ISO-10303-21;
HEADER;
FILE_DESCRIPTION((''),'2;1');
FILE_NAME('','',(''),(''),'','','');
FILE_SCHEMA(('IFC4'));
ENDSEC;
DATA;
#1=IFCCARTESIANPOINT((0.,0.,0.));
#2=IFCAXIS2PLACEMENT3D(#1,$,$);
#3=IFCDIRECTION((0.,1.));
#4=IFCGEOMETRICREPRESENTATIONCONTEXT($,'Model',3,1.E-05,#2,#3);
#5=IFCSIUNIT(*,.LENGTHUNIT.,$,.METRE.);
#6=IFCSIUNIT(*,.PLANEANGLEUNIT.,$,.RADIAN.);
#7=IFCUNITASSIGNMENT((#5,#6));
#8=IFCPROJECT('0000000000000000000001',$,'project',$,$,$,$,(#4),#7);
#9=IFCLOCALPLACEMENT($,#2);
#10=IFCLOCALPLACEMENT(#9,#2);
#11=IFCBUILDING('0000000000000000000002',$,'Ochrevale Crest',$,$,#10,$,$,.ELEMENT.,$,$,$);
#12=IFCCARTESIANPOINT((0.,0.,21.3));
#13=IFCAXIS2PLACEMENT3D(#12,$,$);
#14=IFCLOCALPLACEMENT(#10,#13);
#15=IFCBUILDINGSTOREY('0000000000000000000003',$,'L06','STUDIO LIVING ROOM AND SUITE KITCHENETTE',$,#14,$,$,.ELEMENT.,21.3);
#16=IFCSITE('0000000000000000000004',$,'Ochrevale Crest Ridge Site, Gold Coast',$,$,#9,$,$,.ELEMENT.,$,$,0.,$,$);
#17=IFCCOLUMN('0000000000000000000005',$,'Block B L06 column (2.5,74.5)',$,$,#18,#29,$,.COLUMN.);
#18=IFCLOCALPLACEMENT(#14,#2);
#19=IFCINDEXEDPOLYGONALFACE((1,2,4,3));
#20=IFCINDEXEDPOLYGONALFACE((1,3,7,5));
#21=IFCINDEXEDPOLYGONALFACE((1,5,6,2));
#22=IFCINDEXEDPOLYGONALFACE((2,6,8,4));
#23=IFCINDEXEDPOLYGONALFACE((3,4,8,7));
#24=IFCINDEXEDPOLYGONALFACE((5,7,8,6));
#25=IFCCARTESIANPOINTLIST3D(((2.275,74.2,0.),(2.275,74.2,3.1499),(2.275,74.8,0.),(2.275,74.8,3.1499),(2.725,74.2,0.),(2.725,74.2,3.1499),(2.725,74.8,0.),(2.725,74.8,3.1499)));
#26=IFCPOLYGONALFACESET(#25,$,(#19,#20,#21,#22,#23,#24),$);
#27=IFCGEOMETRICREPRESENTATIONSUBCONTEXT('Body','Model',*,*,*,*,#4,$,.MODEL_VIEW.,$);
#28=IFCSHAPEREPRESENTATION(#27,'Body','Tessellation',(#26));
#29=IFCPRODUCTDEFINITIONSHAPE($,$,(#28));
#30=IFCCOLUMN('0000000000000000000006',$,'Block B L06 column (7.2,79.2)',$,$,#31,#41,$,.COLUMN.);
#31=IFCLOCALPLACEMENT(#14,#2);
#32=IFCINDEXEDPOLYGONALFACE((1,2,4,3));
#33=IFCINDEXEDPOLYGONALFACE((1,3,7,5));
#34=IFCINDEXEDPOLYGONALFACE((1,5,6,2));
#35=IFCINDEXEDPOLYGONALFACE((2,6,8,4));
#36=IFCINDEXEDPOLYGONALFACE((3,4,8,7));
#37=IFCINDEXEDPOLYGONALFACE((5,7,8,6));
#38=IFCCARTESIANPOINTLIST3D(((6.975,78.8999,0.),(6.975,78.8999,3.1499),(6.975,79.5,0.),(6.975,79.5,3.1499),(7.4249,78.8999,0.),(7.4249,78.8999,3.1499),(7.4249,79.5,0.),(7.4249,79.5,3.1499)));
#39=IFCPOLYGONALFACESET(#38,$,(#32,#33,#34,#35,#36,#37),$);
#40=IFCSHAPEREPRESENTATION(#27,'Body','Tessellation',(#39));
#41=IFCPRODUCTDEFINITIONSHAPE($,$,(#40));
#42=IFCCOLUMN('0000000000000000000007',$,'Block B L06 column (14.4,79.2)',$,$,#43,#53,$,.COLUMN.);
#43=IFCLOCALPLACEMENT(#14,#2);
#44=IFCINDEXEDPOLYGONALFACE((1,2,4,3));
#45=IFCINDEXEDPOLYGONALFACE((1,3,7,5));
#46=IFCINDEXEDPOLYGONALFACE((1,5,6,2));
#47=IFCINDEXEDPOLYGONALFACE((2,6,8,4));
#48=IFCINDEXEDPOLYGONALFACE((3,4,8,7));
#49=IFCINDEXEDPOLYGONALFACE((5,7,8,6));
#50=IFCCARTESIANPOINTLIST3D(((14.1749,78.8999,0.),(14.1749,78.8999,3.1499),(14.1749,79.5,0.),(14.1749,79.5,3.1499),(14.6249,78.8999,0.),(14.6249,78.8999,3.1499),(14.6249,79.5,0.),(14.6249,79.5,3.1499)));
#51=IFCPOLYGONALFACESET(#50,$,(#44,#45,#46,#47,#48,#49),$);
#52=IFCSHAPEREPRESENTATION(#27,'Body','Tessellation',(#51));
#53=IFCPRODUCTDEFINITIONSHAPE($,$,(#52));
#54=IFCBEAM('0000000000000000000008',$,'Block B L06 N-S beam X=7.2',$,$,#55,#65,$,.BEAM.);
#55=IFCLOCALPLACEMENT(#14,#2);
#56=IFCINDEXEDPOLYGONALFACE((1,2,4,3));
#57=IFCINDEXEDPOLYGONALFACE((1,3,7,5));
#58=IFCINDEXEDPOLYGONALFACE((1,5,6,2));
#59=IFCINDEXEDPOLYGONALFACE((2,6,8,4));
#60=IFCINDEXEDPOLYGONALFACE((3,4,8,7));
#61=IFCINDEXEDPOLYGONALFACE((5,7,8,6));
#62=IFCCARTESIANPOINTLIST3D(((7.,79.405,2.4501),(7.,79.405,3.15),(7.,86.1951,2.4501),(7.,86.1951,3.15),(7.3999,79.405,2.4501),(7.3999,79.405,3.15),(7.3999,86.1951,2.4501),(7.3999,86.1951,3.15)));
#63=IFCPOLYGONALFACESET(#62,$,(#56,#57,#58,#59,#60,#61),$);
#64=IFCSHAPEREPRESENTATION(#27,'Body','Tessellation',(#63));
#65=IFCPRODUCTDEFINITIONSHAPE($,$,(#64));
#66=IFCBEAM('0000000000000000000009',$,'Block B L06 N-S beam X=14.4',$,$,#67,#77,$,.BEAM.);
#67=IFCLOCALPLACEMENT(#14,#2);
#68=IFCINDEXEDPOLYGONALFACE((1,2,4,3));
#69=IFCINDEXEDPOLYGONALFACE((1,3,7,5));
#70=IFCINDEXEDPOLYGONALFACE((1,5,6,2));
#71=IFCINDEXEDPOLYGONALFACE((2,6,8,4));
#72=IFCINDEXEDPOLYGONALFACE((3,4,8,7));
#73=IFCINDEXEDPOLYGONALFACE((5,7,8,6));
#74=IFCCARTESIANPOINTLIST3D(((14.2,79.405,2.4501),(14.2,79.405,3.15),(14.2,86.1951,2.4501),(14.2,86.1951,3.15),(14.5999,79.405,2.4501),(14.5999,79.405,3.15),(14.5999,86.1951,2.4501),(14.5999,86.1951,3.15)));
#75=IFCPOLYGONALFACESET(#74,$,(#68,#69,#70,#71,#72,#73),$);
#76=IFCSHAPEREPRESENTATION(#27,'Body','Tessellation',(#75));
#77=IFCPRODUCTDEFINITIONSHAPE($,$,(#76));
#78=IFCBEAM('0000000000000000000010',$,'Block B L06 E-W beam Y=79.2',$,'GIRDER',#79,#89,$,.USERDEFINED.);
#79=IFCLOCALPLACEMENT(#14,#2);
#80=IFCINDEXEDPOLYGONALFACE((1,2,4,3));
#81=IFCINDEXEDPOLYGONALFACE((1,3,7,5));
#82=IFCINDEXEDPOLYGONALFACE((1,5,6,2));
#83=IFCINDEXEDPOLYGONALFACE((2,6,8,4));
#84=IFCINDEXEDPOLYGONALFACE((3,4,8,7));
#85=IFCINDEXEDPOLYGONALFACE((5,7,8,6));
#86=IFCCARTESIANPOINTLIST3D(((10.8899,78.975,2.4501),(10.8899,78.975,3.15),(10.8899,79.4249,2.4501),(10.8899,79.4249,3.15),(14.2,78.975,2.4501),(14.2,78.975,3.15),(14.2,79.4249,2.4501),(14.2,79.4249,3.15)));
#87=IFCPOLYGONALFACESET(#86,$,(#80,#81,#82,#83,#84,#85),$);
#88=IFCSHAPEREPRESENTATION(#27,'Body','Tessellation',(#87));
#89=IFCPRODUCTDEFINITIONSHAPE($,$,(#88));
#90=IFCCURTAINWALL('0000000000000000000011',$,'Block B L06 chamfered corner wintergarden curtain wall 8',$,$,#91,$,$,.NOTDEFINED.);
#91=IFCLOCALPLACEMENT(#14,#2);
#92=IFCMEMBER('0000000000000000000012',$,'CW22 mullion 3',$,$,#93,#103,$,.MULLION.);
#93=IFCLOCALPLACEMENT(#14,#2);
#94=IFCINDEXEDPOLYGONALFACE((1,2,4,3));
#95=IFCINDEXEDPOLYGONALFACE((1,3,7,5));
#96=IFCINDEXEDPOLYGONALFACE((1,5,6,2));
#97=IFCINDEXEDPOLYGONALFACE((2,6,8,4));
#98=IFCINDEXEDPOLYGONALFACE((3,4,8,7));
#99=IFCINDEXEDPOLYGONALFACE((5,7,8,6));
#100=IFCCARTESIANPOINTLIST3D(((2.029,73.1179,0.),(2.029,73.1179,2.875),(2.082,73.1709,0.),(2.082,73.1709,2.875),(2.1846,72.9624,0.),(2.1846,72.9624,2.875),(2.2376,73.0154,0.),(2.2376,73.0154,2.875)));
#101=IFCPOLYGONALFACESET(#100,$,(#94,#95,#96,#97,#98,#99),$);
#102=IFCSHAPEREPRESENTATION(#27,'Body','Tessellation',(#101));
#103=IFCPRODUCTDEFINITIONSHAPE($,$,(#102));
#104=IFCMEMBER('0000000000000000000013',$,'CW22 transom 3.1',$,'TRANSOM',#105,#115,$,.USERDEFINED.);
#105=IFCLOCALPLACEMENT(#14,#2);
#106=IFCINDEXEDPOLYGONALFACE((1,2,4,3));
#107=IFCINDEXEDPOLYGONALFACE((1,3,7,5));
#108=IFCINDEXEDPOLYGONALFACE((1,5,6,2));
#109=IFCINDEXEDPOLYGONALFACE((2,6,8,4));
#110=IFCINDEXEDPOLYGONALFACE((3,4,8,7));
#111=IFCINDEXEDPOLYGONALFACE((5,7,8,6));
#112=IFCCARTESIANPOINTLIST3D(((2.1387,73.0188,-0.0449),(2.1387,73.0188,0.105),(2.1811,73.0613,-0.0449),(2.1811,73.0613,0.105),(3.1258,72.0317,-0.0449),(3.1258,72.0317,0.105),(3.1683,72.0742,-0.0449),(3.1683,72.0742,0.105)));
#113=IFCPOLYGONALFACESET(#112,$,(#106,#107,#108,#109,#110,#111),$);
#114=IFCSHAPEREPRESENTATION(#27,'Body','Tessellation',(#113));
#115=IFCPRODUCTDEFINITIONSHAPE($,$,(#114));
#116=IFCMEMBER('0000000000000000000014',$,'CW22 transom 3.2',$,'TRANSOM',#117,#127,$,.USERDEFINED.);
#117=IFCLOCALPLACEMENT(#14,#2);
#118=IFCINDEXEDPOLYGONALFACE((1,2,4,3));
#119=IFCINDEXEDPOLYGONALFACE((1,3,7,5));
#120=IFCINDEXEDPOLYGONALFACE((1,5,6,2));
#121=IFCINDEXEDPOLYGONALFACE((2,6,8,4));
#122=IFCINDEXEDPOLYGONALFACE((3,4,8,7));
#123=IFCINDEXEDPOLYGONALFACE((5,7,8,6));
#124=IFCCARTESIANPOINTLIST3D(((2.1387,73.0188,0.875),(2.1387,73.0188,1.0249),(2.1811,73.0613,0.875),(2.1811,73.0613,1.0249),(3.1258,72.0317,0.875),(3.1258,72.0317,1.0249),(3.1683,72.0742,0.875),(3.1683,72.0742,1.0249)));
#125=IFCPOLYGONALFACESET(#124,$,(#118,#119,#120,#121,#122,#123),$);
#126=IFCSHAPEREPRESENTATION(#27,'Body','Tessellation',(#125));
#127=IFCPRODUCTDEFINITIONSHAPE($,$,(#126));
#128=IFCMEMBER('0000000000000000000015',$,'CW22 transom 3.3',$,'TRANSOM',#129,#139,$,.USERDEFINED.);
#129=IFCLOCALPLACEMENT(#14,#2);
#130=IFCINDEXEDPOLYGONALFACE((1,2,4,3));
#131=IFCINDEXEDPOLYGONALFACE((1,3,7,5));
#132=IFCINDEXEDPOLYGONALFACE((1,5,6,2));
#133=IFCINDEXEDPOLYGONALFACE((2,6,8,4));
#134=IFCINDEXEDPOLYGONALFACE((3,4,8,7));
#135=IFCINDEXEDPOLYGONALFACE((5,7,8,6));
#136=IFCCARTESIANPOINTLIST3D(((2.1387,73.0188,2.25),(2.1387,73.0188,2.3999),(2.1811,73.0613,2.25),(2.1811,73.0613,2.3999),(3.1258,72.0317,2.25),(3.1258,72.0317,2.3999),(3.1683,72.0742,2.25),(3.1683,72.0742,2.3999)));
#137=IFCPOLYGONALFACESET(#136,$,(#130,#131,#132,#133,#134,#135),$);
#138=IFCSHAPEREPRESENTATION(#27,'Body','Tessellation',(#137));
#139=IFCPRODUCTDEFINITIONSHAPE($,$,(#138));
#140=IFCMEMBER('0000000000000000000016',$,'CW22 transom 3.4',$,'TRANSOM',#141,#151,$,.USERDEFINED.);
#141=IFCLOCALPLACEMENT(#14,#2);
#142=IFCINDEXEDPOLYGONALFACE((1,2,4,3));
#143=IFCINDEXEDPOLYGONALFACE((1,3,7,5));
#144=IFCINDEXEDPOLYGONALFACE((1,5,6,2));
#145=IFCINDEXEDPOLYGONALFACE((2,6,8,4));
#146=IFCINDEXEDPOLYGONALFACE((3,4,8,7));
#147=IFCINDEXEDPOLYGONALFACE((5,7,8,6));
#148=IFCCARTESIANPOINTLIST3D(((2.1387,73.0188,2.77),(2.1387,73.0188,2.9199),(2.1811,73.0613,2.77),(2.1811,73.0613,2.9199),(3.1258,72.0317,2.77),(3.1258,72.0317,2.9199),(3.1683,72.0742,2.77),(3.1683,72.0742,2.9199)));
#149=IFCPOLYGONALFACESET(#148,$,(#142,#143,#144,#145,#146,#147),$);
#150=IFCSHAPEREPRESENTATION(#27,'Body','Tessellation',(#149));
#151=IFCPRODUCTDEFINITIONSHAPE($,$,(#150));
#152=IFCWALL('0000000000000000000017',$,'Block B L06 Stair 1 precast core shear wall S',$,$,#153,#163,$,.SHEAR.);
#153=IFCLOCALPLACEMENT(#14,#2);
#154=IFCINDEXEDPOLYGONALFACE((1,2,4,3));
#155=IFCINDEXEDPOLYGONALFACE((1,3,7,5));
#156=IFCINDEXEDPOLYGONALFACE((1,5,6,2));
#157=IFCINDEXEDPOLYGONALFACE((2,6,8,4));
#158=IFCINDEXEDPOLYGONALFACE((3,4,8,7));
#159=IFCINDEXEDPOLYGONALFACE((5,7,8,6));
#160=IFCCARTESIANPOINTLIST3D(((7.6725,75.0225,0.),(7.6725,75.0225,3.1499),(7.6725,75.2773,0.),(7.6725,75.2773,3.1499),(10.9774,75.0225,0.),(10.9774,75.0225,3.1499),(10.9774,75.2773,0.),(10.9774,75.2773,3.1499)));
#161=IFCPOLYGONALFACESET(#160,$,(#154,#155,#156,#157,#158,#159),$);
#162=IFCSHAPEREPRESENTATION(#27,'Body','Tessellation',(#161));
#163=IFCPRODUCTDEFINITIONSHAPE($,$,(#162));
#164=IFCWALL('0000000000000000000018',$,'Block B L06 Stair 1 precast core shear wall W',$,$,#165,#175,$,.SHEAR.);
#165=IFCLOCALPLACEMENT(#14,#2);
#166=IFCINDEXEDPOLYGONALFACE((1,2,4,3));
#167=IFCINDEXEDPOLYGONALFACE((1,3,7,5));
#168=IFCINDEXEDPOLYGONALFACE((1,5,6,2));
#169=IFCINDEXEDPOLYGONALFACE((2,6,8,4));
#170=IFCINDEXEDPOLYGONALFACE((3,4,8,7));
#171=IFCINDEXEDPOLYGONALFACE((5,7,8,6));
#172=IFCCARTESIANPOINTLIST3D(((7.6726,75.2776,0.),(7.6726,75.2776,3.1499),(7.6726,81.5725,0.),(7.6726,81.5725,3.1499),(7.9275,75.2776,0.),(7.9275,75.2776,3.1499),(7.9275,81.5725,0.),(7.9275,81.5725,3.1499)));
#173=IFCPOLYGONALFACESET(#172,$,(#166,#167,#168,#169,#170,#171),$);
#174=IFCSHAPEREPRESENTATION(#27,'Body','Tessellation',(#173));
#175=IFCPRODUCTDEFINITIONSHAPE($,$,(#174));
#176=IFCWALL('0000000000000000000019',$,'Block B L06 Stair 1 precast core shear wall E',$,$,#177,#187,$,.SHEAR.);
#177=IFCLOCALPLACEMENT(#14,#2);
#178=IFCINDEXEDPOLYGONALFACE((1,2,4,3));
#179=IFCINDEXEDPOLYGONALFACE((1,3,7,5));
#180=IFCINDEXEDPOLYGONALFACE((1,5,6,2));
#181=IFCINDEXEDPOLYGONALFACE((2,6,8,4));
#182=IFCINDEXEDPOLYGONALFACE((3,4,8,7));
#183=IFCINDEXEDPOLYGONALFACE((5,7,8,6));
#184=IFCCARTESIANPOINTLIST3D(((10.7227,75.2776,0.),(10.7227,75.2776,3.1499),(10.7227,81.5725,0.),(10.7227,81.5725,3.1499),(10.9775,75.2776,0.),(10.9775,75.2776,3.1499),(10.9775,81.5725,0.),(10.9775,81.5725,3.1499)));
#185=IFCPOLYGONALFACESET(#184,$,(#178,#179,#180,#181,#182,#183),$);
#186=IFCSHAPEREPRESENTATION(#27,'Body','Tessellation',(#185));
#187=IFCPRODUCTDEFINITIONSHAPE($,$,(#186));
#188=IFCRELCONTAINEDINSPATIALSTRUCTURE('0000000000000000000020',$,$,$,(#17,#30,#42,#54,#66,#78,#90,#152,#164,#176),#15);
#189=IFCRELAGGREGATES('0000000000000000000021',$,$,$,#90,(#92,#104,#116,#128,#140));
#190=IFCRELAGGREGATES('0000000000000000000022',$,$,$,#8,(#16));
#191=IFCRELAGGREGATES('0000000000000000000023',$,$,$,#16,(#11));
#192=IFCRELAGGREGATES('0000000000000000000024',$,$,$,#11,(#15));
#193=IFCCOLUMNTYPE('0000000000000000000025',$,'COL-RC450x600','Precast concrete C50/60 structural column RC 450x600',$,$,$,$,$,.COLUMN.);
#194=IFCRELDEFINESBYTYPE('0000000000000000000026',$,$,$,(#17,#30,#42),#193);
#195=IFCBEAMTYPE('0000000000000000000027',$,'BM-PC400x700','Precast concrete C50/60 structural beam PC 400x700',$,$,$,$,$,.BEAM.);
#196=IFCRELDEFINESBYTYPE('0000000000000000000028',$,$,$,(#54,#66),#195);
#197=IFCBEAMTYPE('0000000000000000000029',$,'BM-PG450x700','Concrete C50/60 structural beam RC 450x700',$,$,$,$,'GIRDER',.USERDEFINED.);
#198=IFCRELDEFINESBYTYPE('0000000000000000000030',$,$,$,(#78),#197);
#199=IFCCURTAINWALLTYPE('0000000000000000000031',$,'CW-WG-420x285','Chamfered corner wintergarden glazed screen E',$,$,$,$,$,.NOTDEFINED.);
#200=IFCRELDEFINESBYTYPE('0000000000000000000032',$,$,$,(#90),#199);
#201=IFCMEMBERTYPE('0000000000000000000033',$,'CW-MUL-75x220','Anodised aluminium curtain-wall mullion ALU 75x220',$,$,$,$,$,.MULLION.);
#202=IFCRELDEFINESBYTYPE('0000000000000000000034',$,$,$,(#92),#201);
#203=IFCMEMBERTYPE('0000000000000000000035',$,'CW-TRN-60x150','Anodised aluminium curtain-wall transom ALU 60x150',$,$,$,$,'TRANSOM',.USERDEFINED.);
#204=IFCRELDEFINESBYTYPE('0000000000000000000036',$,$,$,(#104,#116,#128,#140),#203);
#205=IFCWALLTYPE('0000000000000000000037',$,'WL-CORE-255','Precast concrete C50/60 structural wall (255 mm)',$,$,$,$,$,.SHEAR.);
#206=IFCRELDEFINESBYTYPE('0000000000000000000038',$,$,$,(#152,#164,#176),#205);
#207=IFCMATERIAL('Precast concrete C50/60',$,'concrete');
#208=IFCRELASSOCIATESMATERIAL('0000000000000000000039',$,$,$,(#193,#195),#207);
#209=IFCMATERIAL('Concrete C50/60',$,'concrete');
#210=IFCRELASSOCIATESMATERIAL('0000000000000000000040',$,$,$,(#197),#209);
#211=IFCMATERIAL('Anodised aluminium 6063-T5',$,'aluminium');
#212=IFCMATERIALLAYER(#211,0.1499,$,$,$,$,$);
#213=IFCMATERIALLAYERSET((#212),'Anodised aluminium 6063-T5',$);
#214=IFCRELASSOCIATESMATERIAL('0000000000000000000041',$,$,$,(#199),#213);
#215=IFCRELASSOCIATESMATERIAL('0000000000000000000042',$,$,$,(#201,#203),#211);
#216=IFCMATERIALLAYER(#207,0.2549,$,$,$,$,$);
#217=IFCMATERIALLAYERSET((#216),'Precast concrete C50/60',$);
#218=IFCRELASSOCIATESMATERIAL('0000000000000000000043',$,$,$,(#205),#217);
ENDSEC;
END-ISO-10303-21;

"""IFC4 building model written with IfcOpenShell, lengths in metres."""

from ifc_helpers import new_model, si_unit, direction, frame, frame_2d, origin, origin_2d, place, context, subcontext, project, spatial, rectangle, extrude, material, layer, layer_set, material_profile, profile_set, type_object, element, aggregate, save


model = new_model("IFC4")

# Units and contexts
model_context = context("Model", 3, precision=1e-05, world=origin(), true_north=direction((0.0, 1.0)))
body_context = subcontext(model_context, "Body", "Model", "MODEL_VIEW")
ifc_project = project(units=[si_unit("LENGTHUNIT", "METRE"), si_unit("PLANEANGLEUNIT", "RADIAN")], contexts=[model_context])

# Site, building, storey
site_placement = place(None, origin())
site = spatial("IfcSite", under=ifc_project, at=site_placement, Name="Ochrevale Crest Ridge Site, Gold Coast", CompositionType="ELEMENT", RefElevation=0.0)
building_placement = place(site_placement, origin())
building = spatial("IfcBuilding", under=site, at=building_placement, Name="Ochrevale Crest", CompositionType="ELEMENT")
storey_placement = place(building_placement, frame((0.0, 0.0, 21.3)))
storey = spatial("IfcBuildingStorey", under=building, at=storey_placement, Name="L06", Description="STUDIO LIVING ROOM AND SUITE KITCHENETTE", CompositionType="ELEMENT", Elevation=21.3)

# Columns
ifc_material_1 = material(Name="Precast concrete C50/60", Category="concrete")
ifc_material_profile_1 = material_profile(ifc_material_1, rectangle(XDim=0.45, YDim=0.6001, at=origin_2d()), Name="RC 450x600")
ifc_profile_set_1 = profile_set([ifc_material_profile_1], Name="Precast concrete C50/60")
column_type = type_object("IfcColumnType", Name="COL-RC450x600", Description="Precast concrete C50/60 structural column RC 450x600", PredefinedType="COLUMN", material=ifc_profile_set_1)
for number, where, z_axis, x_axis, name in (
    (1, (2.5, 74.5, 0.0), (0.0, 0.0, 1.0), (1.0, 0.0, 0.0), "Block B L06 column (2.5,74.5)"),
    (2, (7.2, 79.2, 0.0), (0.0, 0.0, 1.0), (1.0, 0.0, 0.0), "Block B L06 column (7.2,79.2)"),
    (3, (14.3999, 79.2, 0.0), (0.0, 0.0, 1.0), (1.0, 0.0, 0.0), "Block B L06 column (14.4,79.2)"),
):
    element("IfcColumn", number, at=place(storey_placement, frame(where, z_axis=z_axis, x_axis=x_axis)), inside=storey, type_object=column_type, Name=name, PredefinedType="COLUMN", context=body_context, shape_type="SweptSolid", body=[
        extrude(rectangle(XDim=0.45, YDim=0.6001, at=origin_2d()), origin(), (0.0, 0.0, 1.0), 3.1499),
    ])

# Beams
ifc_material_profile_2 = material_profile(ifc_material_1, rectangle(XDim=0.3999, YDim=0.7, at=origin_2d()), Name="PC 400x700")
ifc_profile_set_2 = profile_set([ifc_material_profile_2], Name="Precast concrete C50/60")
beam_type_1 = type_object("IfcBeamType", Name="BM-PC400x700", Description="Precast concrete C50/60 structural beam PC 400x700", PredefinedType="BEAM", material=ifc_profile_set_2)
for number, where, z_axis, x_axis, name in (
    (4, (7.2, 79.405, 2.8), (0.0, 1.0, 0.0), (-1.0, 0.0, 0.0), "Block B L06 N-S beam X=7.2"),
    (5, (14.3999, 79.405, 2.8), (0.0, 1.0, 0.0), (-1.0, 0.0, 0.0), "Block B L06 N-S beam X=14.4"),
):
    element("IfcBeam", number, at=place(storey_placement, frame(where, z_axis=z_axis, x_axis=x_axis)), inside=storey, type_object=beam_type_1, Name=name, PredefinedType="BEAM", context=body_context, shape_type="SweptSolid", body=[
        extrude(rectangle(XDim=0.3999, YDim=0.7, at=origin_2d()), origin(), (0.0, 0.0, 1.0), 6.79),
    ])
ifc_material_2 = material(Name="Concrete C50/60", Category="concrete")
ifc_material_profile_3 = material_profile(ifc_material_2, rectangle(XDim=0.45, YDim=0.7, at=origin_2d()), Name="RC 450x700")
ifc_profile_set_3 = profile_set([ifc_material_profile_3], Name="Concrete C50/60")
beam_type_2 = type_object("IfcBeamType", Name="BM-PG450x700", Description="Concrete C50/60 structural beam RC 450x700", ElementType="GIRDER", PredefinedType="USERDEFINED", material=ifc_profile_set_3)
beam_placement = place(storey_placement, frame((10.8899, 79.2, 2.8), z_axis=(1.0, 0.0, 0.0), x_axis=(0.0, 1.0, 0.0)))
element("IfcBeam", 6, at=beam_placement, inside=storey, type_object=beam_type_2, Name="Block B L06 E-W beam Y=79.2", ObjectType="GIRDER", PredefinedType="USERDEFINED", context=body_context, shape_type="SweptSolid", body=[
    extrude(rectangle(XDim=0.45, YDim=0.7, at=origin_2d()), origin(), (0.0, 0.0, 1.0), 3.3101),
])

# Curtain wall, members
ifc_material_3 = material(Name="Anodised aluminium 6063-T5", Category="aluminium")
ifc_layer_1 = layer(ifc_material_3, 0.1499)
ifc_layer_set_1 = layer_set([ifc_layer_1], Name="Anodised aluminium 6063-T5")
curtain_wall_type = type_object("IfcCurtainWallType", Name="CW-WG-420x285", Description="Chamfered corner wintergarden glazed screen E", PredefinedType="NOTDEFINED", material=ifc_layer_set_1)
curtain_wall_placement = place(storey_placement, origin())
curtain_wall = element("IfcCurtainWall", 7, at=curtain_wall_placement, inside=storey, type_object=curtain_wall_type, Name="Block B L06 chamfered corner wintergarden curtain wall 8", PredefinedType="NOTDEFINED")
ifc_material_profile_4 = material_profile(ifc_material_3, rectangle(XDim=0.075, YDim=0.22, at=origin_2d()), Name="ALU 75x220")
ifc_profile_set_4 = profile_set([ifc_material_profile_4], Name="Anodised aluminium 6063-T5")
member_type_1 = type_object("IfcMemberType", Name="CW-MUL-75x220", Description="Anodised aluminium curtain-wall mullion ALU 75x220", PredefinedType="MULLION", material=ifc_profile_set_4)
member_1_placement = place(storey_placement, frame((2.1333, 73.0667, 0.0), z_axis=(0.0, 0.0, 1.0), x_axis=(0.707107, 0.707107, 0.0)))
member_1 = element("IfcMember", 8, at=member_1_placement, type_object=member_type_1, Name="CW22 mullion 3", PredefinedType="MULLION", context=body_context, shape_type="SweptSolid", body=[
    extrude(rectangle(XDim=0.075, YDim=0.22, at=origin_2d()), origin(), (0.0, 0.0, 1.0), 2.875),
])
ifc_material_profile_5 = material_profile(ifc_material_3, rectangle(XDim=0.0601, YDim=0.1499, at=origin_2d()), Name="ALU 60x150")
ifc_profile_set_5 = profile_set([ifc_material_profile_5], Name="Anodised aluminium 6063-T5")
member_type_2 = type_object("IfcMemberType", Name="CW-TRN-60x150", Description="Anodised aluminium curtain-wall transom ALU 60x150", ElementType="TRANSOM", PredefinedType="USERDEFINED", material=ifc_profile_set_5)
member_2_placement = place(storey_placement, frame((2.1599, 73.04, 0.03), z_axis=(0.707107, -0.707107, 0.0), x_axis=(0.707107, 0.707107, 0.0)))
member_2 = element("IfcMember", 9, at=member_2_placement, type_object=member_type_2, Name="CW22 transom 3.1", ObjectType="TRANSOM", PredefinedType="USERDEFINED", context=body_context, shape_type="SweptSolid", body=[
    extrude(rectangle(XDim=0.0601, YDim=0.1499, at=origin_2d()), origin(), (0.0, 0.0, 1.0), 1.396),
])
member_3_placement = place(storey_placement, frame((2.1599, 73.04, 0.95), z_axis=(0.707107, -0.707107, 0.0), x_axis=(0.707107, 0.707107, 0.0)))
member_3 = element("IfcMember", 10, at=member_3_placement, type_object=member_type_2, Name="CW22 transom 3.2", ObjectType="TRANSOM", PredefinedType="USERDEFINED", context=body_context, shape_type="SweptSolid", body=[
    extrude(rectangle(XDim=0.0601, YDim=0.1499, at=origin_2d()), origin(), (0.0, 0.0, 1.0), 1.396),
])
member_4_placement = place(storey_placement, frame((2.1599, 73.04, 2.325), z_axis=(0.707107, -0.707107, 0.0), x_axis=(0.707107, 0.707107, 0.0)))
member_4 = element("IfcMember", 11, at=member_4_placement, type_object=member_type_2, Name="CW22 transom 3.3", ObjectType="TRANSOM", PredefinedType="USERDEFINED", context=body_context, shape_type="SweptSolid", body=[
    extrude(rectangle(XDim=0.0601, YDim=0.1499, at=origin_2d()), origin(), (0.0, 0.0, 1.0), 1.396),
])
member_5_placement = place(storey_placement, frame((2.1599, 73.04, 2.845), z_axis=(0.707107, -0.707107, 0.0), x_axis=(0.707107, 0.707107, 0.0)))
member_5 = element("IfcMember", 12, at=member_5_placement, type_object=member_type_2, Name="CW22 transom 3.4", ObjectType="TRANSOM", PredefinedType="USERDEFINED", context=body_context, shape_type="SweptSolid", body=[
    extrude(rectangle(XDim=0.0601, YDim=0.1499, at=origin_2d()), origin(), (0.0, 0.0, 1.0), 1.396),
])
aggregate(curtain_wall, [member_1, member_2, member_3, member_4, member_5])

# Walls
ifc_layer_2 = layer(ifc_material_1, 0.2549)
ifc_layer_set_2 = layer_set([ifc_layer_2], Name="Precast concrete C50/60")
wall_type_1 = type_object("IfcWallType", Name="WL-CORE-255", Description="Precast concrete C50/60 structural wall (255 mm)", PredefinedType="SHEAR", material=ifc_layer_set_2)
wall_1_placement = place(storey_placement, frame((7.6726, 75.1499, 0.0), z_axis=(0.0, 0.0, 1.0), x_axis=(1.0, 0.0, 0.0)))
element("IfcWall", 13, at=wall_1_placement, inside=storey, type_object=wall_type_1, Name="Block B L06 Stair 1 precast core shear wall S", PredefinedType="SHEAR", context=body_context, shape_type="SweptSolid", body=[
    extrude(rectangle(XDim=3.3049, YDim=0.2549, at=frame_2d((1.6523, 0.0))), origin(), (0.0, 0.0, 1.0), 3.1499),
])
for number, where, z_axis, x_axis, name in (
    (14, (7.8, 75.2776, 0.0), (0.0, 0.0, 1.0), (0.0, 1.0, 0.0), "Block B L06 Stair 1 precast core shear wall W"),
    (15, (10.8501, 75.2776, 0.0), (0.0, 0.0, 1.0), (0.0, 1.0, 0.0), "Block B L06 Stair 1 precast core shear wall E"),
):
    element("IfcWall", number, at=place(storey_placement, frame(where, z_axis=z_axis, x_axis=x_axis)), inside=storey, type_object=wall_type_1, Name=name, PredefinedType="SHEAR", context=body_context, shape_type="SweptSolid", body=[
        extrude(rectangle(XDim=6.2949, YDim=0.2549, at=frame_2d((3.1475, 0.0))), origin(), (0.0, 0.0, 1.0), 3.1499),
    ])

save(model, "model.ifc")
